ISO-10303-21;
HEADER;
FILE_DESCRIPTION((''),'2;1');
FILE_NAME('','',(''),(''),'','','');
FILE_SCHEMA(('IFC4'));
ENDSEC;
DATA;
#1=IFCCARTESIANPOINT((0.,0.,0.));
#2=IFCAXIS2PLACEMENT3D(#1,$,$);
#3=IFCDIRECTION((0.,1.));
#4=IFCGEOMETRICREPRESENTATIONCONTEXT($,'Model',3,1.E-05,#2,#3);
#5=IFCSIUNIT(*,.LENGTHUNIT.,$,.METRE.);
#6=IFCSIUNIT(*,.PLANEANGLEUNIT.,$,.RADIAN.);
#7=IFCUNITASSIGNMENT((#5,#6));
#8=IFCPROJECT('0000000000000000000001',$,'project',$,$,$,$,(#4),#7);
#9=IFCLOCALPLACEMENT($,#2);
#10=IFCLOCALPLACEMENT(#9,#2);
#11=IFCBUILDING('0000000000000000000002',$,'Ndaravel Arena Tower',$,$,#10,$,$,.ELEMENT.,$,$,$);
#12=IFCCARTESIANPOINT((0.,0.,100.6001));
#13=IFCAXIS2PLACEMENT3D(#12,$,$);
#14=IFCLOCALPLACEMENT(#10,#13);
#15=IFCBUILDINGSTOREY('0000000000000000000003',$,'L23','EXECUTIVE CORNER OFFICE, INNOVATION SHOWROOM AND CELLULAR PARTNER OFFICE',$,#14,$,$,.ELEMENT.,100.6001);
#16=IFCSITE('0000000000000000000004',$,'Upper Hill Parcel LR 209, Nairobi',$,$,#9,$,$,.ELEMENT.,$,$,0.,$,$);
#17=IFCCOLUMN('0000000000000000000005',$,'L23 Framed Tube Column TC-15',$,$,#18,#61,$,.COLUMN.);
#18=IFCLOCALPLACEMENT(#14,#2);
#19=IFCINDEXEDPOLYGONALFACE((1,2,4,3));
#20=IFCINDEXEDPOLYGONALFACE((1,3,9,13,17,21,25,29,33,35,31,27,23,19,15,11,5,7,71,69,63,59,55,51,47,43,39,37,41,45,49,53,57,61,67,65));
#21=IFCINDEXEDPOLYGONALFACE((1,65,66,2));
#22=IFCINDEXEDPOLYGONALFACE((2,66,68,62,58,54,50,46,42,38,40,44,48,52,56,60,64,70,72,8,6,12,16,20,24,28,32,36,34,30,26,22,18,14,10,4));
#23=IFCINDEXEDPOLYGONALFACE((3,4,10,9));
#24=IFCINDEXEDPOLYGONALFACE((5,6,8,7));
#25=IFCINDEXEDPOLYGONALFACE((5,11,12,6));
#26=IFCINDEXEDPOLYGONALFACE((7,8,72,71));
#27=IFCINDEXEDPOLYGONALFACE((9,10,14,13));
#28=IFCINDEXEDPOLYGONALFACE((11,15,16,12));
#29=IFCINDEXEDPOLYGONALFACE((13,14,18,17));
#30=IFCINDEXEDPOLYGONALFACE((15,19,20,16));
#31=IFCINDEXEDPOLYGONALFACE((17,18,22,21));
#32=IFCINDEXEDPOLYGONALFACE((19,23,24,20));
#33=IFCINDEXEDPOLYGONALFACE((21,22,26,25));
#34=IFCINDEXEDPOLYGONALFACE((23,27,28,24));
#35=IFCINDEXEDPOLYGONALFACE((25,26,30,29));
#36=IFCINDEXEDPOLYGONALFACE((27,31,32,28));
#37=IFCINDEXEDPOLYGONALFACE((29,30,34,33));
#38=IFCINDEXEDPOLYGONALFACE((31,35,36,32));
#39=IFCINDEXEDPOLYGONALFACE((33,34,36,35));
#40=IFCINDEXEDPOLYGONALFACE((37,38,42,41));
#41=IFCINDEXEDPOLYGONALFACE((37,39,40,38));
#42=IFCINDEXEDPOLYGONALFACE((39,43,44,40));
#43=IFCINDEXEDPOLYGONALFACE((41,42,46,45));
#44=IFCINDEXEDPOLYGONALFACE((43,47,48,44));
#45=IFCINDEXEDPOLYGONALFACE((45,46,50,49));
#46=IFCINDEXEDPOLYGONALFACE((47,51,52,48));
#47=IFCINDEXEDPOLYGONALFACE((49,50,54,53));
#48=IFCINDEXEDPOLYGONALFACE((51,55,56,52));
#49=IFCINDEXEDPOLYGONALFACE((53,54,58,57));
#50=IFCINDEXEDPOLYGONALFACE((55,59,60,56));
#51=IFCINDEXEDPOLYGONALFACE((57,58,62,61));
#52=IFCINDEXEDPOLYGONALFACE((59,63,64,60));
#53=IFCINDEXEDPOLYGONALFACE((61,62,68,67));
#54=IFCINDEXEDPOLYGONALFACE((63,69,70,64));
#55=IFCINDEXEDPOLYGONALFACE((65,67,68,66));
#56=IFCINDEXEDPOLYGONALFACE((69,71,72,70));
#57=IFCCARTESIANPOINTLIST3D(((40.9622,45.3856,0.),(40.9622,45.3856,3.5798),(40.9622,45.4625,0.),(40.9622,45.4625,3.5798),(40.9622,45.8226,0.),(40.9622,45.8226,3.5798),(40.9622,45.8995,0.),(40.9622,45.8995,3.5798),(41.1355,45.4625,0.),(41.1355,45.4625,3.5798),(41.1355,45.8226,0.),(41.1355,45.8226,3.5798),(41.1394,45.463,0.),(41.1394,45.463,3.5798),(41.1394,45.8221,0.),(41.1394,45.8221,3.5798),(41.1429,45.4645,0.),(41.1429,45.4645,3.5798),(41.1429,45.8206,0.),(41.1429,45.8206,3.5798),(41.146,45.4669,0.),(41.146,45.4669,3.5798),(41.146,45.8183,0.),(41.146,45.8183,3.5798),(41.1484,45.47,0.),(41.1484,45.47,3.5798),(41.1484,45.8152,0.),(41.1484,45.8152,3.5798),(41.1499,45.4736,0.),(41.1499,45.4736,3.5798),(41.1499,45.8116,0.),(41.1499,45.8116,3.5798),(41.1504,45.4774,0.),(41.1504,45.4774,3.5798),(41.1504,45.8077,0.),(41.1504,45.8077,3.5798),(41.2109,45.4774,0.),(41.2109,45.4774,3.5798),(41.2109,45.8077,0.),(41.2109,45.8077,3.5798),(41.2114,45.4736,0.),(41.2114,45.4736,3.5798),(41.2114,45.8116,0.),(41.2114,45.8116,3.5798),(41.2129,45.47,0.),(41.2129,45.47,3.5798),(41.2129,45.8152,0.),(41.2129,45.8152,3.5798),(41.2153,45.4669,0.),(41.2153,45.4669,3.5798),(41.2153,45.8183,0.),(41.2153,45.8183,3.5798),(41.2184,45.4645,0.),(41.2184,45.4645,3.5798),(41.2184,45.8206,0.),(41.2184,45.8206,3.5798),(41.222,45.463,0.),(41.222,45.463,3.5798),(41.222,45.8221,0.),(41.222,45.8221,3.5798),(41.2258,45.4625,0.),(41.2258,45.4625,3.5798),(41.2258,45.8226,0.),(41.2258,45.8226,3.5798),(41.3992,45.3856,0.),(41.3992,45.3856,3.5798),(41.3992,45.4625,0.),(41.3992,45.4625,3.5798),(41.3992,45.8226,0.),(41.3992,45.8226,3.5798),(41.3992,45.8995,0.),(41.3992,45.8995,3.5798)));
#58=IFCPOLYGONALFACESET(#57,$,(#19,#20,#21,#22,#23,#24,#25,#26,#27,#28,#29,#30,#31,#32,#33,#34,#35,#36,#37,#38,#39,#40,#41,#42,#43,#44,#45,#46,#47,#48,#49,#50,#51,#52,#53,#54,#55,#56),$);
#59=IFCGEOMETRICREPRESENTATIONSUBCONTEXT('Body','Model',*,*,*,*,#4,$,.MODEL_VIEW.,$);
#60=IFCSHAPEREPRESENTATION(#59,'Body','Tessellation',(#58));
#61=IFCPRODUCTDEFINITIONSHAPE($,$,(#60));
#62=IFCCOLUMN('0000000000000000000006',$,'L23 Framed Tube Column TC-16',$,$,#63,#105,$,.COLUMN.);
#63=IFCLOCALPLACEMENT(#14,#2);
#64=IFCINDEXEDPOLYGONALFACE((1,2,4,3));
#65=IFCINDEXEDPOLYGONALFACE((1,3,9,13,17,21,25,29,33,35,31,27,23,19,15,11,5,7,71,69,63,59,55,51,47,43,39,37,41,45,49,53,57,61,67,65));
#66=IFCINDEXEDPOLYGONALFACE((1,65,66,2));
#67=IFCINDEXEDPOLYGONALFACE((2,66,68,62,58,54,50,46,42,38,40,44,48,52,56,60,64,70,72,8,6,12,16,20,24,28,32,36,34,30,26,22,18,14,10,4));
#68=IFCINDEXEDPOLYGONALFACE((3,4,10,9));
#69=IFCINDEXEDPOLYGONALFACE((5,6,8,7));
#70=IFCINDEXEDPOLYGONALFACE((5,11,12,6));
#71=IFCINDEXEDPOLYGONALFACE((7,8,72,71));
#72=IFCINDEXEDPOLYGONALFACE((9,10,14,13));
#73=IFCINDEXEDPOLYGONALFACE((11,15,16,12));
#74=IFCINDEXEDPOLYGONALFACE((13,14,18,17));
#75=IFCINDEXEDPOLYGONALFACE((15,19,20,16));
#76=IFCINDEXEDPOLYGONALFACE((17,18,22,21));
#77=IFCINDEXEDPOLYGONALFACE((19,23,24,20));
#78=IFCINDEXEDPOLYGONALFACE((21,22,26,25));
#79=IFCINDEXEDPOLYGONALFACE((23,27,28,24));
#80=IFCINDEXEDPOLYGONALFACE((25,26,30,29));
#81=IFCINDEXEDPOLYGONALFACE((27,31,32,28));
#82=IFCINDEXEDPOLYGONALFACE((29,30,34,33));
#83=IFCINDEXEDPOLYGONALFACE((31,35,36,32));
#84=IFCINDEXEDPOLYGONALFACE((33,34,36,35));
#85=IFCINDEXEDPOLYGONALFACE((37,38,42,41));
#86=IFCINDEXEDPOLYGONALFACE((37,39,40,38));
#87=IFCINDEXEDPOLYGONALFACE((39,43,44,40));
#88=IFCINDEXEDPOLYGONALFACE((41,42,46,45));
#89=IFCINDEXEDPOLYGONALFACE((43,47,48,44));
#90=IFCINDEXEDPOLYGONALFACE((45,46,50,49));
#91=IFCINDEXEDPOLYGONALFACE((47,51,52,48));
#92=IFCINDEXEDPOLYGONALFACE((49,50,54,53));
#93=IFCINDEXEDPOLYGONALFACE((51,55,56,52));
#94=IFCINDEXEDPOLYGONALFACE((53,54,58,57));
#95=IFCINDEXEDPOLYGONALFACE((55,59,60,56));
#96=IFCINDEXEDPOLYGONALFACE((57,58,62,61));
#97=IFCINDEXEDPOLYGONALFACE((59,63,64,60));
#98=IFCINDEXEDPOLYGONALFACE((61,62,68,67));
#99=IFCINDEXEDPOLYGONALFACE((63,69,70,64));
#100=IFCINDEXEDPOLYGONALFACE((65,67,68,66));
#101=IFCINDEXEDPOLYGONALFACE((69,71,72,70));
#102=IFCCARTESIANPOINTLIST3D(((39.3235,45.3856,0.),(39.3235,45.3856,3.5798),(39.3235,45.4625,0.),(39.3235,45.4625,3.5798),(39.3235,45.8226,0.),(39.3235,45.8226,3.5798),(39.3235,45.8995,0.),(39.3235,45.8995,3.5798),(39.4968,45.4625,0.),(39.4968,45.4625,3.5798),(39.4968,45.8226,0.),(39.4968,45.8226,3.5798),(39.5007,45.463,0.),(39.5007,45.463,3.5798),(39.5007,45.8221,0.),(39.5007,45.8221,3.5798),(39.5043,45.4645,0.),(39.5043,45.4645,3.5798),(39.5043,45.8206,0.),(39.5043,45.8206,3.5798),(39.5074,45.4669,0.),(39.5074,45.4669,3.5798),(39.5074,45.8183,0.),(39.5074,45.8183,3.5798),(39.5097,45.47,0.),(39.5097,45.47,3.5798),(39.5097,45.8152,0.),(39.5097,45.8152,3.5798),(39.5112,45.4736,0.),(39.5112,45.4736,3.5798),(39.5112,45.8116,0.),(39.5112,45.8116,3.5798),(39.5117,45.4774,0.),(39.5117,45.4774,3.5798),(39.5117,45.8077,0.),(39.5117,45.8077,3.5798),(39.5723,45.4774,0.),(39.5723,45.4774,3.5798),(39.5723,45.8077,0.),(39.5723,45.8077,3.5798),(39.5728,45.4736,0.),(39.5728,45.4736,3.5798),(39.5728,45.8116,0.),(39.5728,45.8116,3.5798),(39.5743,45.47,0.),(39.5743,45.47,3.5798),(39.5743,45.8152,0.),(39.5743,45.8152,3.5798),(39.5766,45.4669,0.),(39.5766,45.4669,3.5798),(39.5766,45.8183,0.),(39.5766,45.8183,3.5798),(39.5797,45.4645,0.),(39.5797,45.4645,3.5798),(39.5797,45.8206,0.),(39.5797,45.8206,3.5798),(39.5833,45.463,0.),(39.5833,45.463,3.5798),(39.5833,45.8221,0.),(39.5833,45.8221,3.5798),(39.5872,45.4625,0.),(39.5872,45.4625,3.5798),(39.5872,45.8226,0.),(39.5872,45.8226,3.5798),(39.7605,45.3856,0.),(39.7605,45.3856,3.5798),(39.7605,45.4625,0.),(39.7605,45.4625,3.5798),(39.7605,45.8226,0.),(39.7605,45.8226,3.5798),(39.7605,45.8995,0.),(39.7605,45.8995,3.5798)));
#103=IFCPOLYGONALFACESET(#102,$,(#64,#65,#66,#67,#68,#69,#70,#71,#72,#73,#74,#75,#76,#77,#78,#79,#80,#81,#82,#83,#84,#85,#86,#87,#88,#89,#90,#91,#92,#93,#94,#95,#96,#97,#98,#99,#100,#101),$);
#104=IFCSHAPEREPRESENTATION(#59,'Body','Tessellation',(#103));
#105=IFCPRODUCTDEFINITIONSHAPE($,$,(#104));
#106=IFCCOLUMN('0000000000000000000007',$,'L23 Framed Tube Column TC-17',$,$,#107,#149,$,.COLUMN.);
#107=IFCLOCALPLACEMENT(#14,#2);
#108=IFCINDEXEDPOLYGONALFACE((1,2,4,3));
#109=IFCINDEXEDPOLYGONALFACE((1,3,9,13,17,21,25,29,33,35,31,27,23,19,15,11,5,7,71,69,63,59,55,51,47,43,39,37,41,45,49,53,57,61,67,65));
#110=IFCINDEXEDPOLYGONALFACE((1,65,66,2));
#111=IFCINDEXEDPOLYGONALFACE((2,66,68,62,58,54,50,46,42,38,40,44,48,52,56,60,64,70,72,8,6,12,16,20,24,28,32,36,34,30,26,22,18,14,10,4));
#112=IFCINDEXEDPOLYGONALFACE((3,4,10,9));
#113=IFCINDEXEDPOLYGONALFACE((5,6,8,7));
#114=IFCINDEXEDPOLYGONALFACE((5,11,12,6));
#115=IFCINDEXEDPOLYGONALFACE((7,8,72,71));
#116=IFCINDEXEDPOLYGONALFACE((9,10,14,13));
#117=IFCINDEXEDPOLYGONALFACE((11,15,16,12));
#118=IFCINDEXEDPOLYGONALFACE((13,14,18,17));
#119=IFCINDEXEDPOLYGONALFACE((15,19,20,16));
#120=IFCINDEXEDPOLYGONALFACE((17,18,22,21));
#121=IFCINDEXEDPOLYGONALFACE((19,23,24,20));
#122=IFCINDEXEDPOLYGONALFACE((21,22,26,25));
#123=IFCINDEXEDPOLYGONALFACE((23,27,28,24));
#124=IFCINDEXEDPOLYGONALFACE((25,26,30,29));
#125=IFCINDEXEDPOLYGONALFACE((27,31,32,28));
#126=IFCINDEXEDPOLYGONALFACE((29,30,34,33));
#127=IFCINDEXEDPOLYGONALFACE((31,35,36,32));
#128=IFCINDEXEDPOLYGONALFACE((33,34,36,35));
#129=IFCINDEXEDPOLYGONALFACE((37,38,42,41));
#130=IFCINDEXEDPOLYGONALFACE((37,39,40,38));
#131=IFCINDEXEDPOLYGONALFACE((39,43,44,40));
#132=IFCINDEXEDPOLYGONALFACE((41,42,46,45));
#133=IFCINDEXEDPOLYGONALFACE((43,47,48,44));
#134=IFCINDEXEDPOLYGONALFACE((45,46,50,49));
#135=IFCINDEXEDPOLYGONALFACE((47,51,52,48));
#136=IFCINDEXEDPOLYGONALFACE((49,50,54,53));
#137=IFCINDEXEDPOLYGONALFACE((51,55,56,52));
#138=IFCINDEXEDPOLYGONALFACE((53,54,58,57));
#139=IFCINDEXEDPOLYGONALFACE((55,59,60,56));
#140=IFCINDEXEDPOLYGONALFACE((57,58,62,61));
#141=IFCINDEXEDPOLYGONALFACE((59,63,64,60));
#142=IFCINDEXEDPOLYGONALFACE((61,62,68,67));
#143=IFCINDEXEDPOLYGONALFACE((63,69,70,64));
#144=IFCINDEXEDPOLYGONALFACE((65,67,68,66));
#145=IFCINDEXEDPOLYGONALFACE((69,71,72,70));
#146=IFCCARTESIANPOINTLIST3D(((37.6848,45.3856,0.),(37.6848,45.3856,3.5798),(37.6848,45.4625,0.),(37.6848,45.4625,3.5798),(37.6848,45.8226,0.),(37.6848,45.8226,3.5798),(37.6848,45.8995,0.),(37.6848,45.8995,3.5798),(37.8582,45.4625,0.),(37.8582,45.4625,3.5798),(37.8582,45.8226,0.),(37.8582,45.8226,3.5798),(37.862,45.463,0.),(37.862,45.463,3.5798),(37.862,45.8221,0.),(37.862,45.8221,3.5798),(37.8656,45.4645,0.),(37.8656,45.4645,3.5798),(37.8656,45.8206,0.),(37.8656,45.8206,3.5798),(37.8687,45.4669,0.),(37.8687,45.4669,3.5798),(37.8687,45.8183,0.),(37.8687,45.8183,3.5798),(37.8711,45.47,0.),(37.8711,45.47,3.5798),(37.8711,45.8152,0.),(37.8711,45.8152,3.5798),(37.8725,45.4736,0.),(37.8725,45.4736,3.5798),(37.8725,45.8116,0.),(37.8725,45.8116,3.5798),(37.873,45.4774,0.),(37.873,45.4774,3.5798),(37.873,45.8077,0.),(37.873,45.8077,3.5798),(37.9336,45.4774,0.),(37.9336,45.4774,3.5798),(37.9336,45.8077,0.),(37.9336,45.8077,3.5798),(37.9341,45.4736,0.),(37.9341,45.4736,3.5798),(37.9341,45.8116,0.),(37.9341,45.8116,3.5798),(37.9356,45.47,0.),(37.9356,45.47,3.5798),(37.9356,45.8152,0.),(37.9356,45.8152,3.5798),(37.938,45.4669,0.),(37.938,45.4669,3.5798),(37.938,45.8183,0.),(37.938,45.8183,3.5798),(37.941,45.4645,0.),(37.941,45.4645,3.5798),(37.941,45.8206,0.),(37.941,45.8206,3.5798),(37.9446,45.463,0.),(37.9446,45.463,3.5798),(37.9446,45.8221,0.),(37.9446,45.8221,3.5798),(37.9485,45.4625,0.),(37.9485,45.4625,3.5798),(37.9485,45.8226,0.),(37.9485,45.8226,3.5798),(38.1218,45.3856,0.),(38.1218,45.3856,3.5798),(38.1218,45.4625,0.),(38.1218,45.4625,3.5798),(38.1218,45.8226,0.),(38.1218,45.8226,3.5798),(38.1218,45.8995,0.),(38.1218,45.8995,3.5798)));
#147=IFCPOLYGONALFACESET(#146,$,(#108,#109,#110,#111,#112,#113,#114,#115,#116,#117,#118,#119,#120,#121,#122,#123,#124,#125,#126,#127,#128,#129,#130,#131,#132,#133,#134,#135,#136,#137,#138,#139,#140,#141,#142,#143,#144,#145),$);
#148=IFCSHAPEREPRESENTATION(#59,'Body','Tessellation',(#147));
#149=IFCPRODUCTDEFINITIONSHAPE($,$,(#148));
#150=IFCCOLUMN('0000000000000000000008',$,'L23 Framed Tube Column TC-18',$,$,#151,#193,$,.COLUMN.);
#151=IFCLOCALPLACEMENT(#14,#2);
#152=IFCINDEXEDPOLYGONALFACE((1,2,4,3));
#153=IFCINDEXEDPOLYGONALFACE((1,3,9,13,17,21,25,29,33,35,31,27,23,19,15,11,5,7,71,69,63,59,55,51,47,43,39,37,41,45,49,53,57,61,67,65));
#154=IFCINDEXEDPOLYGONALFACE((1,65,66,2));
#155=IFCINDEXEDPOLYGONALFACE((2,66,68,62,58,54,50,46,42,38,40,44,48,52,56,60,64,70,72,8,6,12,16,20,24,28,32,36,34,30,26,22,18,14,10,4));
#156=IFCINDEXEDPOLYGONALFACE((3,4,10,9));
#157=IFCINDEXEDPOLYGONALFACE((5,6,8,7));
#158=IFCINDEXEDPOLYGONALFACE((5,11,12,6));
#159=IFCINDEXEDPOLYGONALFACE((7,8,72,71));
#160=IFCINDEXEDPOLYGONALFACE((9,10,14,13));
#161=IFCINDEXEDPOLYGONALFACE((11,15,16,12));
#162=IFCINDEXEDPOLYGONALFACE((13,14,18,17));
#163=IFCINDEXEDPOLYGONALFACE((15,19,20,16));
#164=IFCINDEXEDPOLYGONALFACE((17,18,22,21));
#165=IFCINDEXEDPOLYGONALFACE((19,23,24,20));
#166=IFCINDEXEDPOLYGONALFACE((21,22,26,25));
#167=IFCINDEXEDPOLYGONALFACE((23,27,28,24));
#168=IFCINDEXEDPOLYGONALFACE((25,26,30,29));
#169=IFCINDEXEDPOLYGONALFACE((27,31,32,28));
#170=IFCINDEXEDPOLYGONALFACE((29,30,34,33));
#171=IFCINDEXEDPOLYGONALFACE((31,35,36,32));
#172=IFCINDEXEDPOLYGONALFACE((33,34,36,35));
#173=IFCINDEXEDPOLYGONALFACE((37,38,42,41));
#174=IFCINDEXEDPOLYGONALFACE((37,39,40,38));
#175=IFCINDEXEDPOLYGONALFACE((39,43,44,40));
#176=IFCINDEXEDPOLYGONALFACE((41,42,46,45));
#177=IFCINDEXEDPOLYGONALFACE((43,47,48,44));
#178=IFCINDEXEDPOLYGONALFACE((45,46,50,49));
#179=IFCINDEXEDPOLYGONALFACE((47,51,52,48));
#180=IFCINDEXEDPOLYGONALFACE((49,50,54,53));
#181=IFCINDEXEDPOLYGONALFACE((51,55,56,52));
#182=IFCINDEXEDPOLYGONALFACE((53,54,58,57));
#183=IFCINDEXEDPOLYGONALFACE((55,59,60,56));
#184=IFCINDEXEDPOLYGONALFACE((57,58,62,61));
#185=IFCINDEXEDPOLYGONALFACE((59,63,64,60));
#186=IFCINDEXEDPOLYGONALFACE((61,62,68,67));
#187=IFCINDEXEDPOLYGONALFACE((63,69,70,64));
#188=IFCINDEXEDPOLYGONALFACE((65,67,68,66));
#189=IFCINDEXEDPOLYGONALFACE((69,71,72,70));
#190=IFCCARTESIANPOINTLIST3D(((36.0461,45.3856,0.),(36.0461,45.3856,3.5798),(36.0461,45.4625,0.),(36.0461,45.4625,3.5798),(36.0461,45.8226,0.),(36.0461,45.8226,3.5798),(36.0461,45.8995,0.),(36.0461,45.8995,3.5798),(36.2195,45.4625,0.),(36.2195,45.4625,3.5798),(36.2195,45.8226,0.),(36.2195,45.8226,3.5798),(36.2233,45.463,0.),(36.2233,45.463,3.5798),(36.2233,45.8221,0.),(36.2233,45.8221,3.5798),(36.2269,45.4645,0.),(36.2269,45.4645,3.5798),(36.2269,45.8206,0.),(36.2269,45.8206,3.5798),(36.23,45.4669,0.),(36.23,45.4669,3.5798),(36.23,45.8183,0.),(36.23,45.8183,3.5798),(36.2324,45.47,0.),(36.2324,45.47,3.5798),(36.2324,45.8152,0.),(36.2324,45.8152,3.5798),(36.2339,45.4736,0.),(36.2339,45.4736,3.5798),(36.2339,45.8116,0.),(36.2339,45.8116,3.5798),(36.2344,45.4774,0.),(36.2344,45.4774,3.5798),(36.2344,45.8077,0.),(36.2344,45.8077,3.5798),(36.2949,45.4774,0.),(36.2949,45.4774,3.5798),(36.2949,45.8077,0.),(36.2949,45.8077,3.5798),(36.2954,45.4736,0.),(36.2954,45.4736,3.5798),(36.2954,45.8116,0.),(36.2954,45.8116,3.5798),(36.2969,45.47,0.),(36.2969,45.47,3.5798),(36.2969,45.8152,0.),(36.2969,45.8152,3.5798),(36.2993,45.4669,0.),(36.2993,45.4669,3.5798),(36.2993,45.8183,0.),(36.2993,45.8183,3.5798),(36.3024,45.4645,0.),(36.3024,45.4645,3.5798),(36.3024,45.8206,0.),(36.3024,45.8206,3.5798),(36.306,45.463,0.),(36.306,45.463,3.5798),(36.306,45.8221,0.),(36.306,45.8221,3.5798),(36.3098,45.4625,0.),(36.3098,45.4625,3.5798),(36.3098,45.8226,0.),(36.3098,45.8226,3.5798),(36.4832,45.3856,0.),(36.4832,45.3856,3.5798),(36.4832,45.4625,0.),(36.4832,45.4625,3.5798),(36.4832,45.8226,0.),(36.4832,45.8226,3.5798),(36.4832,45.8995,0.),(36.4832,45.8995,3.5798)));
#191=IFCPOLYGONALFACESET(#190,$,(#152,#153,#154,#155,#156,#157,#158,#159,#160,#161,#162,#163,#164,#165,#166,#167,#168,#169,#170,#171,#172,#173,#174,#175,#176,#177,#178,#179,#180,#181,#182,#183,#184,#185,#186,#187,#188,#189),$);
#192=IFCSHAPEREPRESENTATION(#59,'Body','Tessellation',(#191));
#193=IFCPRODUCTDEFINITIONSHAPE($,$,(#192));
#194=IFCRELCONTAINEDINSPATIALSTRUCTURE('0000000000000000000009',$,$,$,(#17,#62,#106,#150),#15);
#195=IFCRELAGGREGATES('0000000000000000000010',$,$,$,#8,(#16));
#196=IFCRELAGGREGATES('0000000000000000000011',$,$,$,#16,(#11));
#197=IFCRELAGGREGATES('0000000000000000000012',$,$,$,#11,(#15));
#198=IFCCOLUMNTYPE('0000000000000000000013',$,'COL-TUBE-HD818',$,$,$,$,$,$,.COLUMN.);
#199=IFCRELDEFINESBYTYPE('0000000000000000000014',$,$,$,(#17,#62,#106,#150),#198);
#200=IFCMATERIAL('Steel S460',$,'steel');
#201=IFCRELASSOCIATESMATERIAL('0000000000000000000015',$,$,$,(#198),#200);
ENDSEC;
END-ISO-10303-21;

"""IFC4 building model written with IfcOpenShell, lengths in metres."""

from ifc_helpers import new_model, si_unit, direction, frame, origin, origin_2d, place, context, subcontext, project, spatial, i_section, extrude, material, material_profile, profile_set, type_object, element, save


model = new_model("IFC4")

# Units and contexts
model_context = context("Model", 3, precision=1e-05, world=origin(), true_north=direction((0.0, 1.0)))
body_context = subcontext(model_context, "Body", "Model", "MODEL_VIEW")
ifc_project = project(units=[si_unit("LENGTHUNIT", "METRE"), si_unit("PLANEANGLEUNIT", "RADIAN")], contexts=[model_context])

# Site, building, storey
site_placement = place(None, origin())
site = spatial("IfcSite", under=ifc_project, at=site_placement, Name="Upper Hill Parcel LR 209, Nairobi", CompositionType="ELEMENT", RefElevation=0.0)
building_placement = place(site_placement, origin())
building = spatial("IfcBuilding", under=site, at=building_placement, Name="Ndaravel Arena Tower", CompositionType="ELEMENT")
storey_placement = place(building_placement, frame((0.0, 0.0, 100.6001)))
storey = spatial("IfcBuildingStorey", under=building, at=storey_placement, Name="L23", Description="EXECUTIVE CORNER OFFICE, INNOVATION SHOWROOM AND CELLULAR PARTNER OFFICE", CompositionType="ELEMENT", Elevation=100.6001)

# Columns
ifc_material_1 = material(Name="Steel S460", Category="steel")
ifc_material_profile_1 = material_profile(ifc_material_1, i_section(OverallWidth=0.437, OverallDepth=0.5139, WebThickness=0.0605, FlangeThickness=0.0769, FilletRadius=0.0149, at=origin_2d()), Name="HD 400x818")
ifc_profile_set_1 = profile_set([ifc_material_profile_1], Name="Steel S460")
column_type = type_object("IfcColumnType", Name="COL-TUBE-HD818", PredefinedType="COLUMN", material=ifc_profile_set_1)
for number, where, z_axis, x_axis, name in (
    (1, (41.1807, 45.6426, 0.0), (0.0, 0.0, 1.0), (1.0, 0.0, 0.0), "L23 Framed Tube Column TC-15"),
    (2, (39.542, 45.6426, 0.0), (0.0, 0.0, 1.0), (1.0, 0.0, 0.0), "L23 Framed Tube Column TC-16"),
    (3, (37.9033, 45.6426, 0.0), (0.0, 0.0, 1.0), (1.0, 0.0, 0.0), "L23 Framed Tube Column TC-17"),
    (4, (36.2646, 45.6426, 0.0), (0.0, 0.0, 1.0), (1.0, 0.0, 0.0), "L23 Framed Tube Column TC-18"),
):
    element("IfcColumn", number, at=place(storey_placement, frame(where, z_axis=z_axis, x_axis=x_axis)), inside=storey, type_object=column_type, Name=name, PredefinedType="COLUMN", context=body_context, shape_type="SweptSolid", body=[
        extrude(i_section(OverallWidth=0.437, OverallDepth=0.5139, WebThickness=0.0605, FlangeThickness=0.0769, FilletRadius=0.0149, at=origin_2d()), origin(), (0.0, 0.0, 1.0), 3.5798),
    ])

save(model, "model.ifc")
